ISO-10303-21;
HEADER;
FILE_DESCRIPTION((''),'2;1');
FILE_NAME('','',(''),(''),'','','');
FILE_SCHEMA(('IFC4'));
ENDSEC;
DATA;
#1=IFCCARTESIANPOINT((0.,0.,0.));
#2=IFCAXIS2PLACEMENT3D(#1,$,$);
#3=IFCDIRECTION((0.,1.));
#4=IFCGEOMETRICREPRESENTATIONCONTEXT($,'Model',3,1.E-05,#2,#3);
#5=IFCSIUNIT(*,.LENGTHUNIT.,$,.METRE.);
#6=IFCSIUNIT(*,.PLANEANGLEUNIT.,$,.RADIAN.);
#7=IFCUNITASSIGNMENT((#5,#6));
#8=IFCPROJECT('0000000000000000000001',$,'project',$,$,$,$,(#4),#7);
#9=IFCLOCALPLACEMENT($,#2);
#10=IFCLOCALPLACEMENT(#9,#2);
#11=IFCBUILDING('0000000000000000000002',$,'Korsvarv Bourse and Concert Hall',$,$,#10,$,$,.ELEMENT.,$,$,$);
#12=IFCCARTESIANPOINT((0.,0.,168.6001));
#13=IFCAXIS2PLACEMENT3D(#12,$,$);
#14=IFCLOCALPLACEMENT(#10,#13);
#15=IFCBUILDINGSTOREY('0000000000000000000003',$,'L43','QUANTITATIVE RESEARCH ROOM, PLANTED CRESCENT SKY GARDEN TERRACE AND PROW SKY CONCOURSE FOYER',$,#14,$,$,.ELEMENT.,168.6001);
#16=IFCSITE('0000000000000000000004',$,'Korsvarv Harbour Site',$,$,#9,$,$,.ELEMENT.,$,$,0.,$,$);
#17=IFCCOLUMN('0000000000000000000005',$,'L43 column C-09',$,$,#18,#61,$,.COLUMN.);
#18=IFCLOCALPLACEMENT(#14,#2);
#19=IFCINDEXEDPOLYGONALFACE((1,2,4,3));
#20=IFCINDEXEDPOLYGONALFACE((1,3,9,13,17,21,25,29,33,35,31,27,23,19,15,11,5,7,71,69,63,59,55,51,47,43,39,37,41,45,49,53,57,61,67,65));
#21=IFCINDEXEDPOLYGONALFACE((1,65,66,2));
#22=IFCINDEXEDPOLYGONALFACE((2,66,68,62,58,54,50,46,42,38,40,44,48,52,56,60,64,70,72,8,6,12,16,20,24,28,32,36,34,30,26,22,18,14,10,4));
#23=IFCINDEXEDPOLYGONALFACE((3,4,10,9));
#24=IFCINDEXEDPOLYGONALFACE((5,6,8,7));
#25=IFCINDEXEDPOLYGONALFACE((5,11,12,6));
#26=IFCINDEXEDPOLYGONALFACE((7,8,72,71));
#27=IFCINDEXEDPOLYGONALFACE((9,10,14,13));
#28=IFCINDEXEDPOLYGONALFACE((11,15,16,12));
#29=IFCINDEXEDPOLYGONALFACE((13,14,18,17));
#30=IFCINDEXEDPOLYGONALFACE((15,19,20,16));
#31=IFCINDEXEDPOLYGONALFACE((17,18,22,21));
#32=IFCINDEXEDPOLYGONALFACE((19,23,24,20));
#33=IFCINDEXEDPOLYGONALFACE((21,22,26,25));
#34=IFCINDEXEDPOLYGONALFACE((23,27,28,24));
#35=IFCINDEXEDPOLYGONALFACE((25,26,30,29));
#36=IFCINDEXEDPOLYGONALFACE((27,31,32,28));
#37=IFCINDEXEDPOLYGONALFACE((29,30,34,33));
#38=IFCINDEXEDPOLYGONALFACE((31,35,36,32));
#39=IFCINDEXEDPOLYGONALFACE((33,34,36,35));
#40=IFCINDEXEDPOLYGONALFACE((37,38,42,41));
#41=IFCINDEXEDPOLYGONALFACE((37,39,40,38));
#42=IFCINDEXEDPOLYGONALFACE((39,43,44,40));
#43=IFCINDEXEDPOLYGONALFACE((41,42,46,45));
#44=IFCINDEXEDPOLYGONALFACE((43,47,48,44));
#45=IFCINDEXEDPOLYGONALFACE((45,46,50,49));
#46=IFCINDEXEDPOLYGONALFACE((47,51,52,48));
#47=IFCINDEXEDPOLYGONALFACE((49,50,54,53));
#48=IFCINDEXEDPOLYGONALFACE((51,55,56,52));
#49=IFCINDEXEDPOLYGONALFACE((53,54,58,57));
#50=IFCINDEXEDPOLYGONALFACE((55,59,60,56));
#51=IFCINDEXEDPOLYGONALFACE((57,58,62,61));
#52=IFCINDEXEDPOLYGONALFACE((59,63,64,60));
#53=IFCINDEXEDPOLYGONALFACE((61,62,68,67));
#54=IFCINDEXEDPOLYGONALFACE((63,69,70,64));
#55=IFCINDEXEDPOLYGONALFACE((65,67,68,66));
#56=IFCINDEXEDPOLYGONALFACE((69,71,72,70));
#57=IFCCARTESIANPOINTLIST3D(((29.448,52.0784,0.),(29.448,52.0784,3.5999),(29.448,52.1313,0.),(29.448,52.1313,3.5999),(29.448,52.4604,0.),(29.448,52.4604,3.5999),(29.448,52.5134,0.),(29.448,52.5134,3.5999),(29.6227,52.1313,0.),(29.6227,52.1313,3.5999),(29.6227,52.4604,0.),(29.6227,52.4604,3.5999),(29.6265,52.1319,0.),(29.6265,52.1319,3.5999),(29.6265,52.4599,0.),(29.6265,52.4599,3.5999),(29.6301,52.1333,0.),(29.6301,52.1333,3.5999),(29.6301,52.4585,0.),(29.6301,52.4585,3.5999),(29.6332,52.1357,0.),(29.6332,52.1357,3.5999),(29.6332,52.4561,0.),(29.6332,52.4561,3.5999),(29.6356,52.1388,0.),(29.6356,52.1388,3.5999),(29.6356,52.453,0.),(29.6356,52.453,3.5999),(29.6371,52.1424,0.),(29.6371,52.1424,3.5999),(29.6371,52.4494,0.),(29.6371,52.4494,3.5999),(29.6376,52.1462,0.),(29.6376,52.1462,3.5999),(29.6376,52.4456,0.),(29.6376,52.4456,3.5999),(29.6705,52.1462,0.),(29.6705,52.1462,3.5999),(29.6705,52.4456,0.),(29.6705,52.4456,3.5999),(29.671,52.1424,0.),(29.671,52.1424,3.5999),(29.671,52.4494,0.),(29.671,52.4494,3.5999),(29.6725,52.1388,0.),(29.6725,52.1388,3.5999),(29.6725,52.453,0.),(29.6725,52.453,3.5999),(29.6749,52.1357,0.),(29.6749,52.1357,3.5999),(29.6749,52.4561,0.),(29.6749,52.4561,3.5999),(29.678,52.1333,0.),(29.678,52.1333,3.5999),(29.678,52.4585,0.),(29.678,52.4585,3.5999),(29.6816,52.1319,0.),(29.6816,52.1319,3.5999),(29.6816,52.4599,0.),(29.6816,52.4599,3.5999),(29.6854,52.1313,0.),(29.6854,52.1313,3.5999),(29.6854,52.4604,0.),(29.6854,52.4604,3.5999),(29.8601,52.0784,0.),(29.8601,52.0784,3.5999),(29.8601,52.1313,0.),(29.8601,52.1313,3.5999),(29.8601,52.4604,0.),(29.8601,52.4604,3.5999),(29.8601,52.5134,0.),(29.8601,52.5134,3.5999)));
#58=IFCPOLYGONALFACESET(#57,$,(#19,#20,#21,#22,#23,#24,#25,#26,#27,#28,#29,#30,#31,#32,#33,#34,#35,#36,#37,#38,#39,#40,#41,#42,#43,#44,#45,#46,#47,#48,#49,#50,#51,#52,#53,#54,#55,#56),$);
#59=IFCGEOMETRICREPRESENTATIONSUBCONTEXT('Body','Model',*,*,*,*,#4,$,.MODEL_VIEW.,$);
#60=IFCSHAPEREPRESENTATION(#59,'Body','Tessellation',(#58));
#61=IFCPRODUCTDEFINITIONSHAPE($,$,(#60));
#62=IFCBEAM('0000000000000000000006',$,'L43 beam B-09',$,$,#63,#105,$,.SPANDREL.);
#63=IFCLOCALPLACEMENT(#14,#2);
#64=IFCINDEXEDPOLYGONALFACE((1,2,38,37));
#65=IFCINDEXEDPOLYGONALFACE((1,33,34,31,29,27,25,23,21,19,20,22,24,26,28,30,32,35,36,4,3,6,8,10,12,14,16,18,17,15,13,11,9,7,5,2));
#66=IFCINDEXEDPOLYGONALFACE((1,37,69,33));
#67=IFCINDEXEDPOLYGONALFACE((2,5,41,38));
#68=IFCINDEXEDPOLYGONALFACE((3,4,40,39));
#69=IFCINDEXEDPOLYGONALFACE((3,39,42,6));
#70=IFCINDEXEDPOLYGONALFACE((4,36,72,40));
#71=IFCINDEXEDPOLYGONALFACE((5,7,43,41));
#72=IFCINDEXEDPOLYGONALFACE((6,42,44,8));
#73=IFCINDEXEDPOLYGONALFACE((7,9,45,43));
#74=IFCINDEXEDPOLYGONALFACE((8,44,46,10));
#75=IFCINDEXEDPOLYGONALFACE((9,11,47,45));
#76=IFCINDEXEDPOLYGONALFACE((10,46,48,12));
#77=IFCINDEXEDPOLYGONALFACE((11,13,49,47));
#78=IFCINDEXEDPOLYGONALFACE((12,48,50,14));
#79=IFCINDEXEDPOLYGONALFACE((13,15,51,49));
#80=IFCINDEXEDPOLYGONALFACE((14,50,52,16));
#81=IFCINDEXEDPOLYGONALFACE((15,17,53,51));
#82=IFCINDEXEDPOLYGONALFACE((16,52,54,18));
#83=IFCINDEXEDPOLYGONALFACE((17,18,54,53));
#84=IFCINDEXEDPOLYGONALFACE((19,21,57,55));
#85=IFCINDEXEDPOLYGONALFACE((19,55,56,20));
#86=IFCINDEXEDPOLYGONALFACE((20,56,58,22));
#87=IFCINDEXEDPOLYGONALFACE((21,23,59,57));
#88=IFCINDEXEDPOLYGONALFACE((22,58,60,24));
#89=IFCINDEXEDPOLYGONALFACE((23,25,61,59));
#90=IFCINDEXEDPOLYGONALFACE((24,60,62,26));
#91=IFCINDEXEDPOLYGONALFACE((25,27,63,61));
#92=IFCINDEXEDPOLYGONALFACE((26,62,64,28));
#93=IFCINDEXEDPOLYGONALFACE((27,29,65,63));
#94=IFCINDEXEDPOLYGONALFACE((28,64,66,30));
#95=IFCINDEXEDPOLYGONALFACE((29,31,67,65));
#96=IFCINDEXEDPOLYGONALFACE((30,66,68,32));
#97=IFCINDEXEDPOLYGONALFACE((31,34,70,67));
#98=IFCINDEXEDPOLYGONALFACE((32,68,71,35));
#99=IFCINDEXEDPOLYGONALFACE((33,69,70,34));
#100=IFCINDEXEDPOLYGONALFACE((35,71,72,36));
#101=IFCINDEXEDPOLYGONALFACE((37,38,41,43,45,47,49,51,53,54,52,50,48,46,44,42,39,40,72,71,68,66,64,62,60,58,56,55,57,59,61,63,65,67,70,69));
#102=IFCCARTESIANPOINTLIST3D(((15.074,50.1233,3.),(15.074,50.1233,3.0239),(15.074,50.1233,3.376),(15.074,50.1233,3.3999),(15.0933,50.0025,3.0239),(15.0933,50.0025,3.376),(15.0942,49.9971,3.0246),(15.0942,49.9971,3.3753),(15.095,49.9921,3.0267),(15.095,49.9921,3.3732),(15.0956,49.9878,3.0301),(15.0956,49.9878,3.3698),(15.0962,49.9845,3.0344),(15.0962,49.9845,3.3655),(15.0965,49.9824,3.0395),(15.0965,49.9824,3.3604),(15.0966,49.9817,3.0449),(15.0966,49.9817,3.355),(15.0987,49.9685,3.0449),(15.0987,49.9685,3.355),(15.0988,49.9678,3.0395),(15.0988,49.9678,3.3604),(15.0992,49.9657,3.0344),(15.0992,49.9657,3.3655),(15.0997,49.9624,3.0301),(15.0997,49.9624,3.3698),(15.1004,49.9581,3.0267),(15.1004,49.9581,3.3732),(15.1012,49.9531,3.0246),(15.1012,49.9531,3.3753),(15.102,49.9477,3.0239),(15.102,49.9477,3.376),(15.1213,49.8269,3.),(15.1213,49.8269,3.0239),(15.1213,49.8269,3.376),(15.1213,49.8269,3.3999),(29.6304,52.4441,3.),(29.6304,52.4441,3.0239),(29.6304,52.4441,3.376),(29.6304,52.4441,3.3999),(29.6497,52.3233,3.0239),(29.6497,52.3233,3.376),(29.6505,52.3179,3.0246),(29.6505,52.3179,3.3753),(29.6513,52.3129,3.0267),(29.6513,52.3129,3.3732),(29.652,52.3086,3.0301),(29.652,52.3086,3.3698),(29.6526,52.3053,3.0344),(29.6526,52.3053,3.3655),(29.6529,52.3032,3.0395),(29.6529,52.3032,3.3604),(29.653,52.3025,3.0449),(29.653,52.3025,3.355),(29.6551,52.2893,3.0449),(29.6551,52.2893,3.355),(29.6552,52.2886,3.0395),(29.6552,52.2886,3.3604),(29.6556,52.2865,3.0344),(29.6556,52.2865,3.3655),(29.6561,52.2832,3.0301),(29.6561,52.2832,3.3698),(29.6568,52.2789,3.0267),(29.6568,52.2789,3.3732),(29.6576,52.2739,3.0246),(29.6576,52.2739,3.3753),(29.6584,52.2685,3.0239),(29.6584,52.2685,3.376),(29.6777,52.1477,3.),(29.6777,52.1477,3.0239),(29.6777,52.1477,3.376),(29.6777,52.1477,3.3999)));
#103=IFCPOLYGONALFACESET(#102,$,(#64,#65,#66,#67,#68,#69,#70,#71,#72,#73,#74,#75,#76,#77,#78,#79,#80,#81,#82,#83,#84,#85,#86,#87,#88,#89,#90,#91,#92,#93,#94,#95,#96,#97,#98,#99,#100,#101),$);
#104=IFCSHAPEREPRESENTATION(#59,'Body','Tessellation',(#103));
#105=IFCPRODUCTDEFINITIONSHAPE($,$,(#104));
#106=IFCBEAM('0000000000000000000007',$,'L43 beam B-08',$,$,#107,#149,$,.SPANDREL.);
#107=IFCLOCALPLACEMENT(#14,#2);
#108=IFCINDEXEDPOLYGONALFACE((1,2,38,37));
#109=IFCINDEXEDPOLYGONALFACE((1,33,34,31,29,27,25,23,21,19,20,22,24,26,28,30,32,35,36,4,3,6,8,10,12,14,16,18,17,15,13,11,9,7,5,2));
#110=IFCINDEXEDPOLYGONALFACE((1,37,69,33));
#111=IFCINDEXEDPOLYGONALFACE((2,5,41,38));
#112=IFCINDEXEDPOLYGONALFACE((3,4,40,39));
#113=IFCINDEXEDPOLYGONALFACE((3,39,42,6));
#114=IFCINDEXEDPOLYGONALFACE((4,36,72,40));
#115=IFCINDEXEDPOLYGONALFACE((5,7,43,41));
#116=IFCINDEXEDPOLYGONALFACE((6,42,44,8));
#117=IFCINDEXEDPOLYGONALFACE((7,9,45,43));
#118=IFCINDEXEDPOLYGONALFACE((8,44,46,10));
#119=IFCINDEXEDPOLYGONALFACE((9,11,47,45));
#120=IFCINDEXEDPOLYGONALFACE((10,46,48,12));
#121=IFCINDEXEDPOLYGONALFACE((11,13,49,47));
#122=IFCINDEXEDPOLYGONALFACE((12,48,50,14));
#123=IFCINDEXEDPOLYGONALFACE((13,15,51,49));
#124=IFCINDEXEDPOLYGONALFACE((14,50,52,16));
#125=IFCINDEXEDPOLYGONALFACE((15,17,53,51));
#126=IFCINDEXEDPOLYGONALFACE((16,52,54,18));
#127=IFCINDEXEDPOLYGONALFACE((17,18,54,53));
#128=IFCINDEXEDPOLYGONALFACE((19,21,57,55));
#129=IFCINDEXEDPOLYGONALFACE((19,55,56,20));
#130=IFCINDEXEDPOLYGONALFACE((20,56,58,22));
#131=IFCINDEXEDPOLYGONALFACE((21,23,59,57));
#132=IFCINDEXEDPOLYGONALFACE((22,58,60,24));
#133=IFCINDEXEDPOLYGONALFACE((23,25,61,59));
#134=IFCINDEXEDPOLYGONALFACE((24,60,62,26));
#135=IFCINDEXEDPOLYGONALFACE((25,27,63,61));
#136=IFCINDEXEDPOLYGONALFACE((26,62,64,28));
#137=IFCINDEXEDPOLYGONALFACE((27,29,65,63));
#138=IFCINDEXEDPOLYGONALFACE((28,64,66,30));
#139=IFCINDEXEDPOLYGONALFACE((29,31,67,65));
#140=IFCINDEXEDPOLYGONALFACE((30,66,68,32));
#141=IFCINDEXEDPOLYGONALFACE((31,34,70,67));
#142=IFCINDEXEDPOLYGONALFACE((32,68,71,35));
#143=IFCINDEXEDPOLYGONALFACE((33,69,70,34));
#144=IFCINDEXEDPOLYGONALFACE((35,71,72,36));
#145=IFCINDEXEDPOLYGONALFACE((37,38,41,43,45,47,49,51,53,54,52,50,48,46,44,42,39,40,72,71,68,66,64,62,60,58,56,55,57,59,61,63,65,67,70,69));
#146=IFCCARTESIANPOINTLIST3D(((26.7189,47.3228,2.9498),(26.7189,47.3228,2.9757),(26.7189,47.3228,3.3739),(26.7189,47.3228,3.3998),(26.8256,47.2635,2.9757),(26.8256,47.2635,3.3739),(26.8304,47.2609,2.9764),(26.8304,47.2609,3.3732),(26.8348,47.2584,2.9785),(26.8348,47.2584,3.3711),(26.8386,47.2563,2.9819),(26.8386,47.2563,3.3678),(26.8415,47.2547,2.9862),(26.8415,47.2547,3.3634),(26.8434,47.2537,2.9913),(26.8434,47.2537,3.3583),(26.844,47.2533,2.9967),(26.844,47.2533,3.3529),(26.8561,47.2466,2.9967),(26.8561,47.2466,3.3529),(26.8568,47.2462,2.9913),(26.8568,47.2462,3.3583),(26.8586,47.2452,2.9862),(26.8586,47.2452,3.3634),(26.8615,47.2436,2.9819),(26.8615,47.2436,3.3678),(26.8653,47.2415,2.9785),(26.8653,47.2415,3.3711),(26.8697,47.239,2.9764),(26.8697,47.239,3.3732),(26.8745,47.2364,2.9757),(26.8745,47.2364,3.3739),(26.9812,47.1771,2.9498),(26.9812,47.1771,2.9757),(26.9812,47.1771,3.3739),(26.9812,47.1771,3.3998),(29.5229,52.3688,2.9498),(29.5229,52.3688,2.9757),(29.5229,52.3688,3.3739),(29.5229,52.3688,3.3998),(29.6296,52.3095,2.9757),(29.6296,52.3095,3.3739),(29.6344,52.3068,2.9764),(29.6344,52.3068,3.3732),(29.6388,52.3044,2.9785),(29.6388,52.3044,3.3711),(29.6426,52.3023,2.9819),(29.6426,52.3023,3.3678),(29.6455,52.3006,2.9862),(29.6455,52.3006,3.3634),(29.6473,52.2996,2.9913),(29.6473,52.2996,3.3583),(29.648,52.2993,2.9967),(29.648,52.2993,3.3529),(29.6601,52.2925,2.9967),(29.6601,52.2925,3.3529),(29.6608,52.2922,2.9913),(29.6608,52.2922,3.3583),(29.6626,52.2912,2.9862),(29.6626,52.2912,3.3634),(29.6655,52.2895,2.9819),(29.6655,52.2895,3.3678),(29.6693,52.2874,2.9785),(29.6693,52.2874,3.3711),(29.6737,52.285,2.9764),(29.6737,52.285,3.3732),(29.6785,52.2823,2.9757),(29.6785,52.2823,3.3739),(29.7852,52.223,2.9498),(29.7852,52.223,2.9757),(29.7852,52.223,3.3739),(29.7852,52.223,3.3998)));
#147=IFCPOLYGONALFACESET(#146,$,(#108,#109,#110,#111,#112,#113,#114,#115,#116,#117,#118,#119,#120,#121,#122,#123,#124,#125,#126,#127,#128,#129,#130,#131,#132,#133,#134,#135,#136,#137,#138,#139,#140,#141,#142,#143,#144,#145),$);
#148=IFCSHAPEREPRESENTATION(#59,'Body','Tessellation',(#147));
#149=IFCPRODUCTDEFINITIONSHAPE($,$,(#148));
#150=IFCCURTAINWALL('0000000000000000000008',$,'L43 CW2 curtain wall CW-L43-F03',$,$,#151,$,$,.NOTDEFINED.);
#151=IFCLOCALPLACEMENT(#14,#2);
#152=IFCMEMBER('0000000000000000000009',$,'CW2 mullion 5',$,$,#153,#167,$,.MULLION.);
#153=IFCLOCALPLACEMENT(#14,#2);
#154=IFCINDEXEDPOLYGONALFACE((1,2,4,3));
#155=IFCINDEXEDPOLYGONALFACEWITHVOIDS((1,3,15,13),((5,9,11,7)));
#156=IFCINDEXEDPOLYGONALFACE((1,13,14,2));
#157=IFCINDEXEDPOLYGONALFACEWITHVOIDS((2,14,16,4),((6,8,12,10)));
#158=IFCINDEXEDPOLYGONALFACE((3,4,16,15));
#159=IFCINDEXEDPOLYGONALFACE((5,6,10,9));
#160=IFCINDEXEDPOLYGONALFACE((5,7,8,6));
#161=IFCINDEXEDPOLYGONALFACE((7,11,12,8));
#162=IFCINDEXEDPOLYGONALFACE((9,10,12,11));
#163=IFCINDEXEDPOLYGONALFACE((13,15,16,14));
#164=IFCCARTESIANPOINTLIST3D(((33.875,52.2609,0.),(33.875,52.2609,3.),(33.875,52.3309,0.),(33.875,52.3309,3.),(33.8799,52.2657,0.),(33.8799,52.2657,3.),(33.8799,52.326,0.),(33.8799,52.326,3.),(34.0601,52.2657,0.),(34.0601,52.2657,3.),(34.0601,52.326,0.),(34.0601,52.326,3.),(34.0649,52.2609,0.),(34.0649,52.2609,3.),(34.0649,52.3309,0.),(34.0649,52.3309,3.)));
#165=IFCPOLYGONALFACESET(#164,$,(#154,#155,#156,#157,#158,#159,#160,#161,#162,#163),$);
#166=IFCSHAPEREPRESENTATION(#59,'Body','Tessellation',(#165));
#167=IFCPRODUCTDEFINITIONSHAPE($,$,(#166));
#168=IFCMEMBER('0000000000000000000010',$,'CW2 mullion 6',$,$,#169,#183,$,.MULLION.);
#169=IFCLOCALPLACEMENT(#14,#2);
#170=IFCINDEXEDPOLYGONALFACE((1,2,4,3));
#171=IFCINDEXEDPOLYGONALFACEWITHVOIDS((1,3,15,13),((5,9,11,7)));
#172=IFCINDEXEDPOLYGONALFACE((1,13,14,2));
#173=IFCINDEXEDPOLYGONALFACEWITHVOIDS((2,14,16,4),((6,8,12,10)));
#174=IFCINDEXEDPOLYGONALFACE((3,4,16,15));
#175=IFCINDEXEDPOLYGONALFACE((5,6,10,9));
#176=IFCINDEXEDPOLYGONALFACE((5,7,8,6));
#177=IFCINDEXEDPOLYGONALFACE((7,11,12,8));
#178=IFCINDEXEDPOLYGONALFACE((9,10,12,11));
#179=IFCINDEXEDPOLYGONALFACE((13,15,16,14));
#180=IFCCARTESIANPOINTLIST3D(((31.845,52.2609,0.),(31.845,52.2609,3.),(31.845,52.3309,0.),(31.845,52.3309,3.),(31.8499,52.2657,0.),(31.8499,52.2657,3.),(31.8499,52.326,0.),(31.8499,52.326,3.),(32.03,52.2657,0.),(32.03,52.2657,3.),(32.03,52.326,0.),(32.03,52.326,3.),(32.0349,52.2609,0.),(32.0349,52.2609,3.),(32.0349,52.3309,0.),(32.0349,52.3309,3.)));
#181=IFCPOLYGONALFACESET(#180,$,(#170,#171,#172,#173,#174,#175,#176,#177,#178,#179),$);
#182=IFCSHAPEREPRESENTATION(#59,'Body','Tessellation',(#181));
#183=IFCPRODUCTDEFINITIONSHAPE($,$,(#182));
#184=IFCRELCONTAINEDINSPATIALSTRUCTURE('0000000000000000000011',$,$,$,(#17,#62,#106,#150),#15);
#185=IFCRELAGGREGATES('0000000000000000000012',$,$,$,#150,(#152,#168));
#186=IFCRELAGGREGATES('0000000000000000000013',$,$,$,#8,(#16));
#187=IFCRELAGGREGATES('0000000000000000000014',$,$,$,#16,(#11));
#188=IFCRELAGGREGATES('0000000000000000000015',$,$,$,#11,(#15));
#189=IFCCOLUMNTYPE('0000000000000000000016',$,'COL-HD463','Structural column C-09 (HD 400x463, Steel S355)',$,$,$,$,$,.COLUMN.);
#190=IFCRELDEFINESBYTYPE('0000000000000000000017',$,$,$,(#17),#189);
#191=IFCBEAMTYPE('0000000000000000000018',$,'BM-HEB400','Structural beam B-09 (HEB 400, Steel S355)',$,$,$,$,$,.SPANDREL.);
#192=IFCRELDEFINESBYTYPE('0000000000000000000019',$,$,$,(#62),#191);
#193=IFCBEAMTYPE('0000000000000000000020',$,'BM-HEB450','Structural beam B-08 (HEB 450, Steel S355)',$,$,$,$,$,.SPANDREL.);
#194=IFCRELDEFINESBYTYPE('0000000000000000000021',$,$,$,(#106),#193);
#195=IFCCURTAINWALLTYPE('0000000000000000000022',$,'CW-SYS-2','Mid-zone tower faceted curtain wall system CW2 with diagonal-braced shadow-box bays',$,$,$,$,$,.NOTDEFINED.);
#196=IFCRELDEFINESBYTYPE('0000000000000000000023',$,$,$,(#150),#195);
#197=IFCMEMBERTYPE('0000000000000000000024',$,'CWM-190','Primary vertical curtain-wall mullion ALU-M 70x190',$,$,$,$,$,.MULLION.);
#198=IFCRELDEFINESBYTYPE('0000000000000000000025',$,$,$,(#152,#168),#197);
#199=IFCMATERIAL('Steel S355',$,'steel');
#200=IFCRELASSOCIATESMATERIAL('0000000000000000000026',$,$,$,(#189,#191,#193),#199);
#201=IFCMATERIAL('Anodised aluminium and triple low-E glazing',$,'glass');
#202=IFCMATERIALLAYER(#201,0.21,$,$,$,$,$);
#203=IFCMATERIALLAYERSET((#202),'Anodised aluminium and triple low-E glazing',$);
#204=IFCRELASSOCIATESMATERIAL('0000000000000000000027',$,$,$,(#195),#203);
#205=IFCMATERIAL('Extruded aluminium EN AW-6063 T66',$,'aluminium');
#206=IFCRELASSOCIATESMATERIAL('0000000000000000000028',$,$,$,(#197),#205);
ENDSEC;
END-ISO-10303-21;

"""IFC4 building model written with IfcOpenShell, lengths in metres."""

from ifc_helpers import new_model, si_unit, direction, frame, origin, origin_2d, place, context, subcontext, project, spatial, hollow_rectangle, i_section, extrude, source, transform, mapped, material, layer, layer_set, material_profile, profile_set, type_object, element, aggregate, save


model = new_model("IFC4")

# Units and contexts
model_context = context("Model", 3, precision=1e-05, world=origin(), true_north=direction((0.0, 1.0)))
body_context = subcontext(model_context, "Body", "Model", "MODEL_VIEW")
ifc_project = project(units=[si_unit("LENGTHUNIT", "METRE"), si_unit("PLANEANGLEUNIT", "RADIAN")], contexts=[model_context])

# Site, building, storey
site_placement = place(None, origin())
site = spatial("IfcSite", under=ifc_project, at=site_placement, Name="Korsvarv Harbour Site", CompositionType="ELEMENT", RefElevation=0.0)
building_placement = place(site_placement, origin())
building = spatial("IfcBuilding", under=site, at=building_placement, Name="Korsvarv Bourse and Concert Hall", CompositionType="ELEMENT")
storey_placement = place(building_placement, frame((0.0, 0.0, 168.6001)))
storey = spatial("IfcBuildingStorey", under=building, at=storey_placement, Name="L43", Description="QUANTITATIVE RESEARCH ROOM, PLANTED CRESCENT SKY GARDEN TERRACE AND PROW SKY CONCOURSE FOYER", CompositionType="ELEMENT", Elevation=168.6001)

# Column
ifc_material_1 = material(Name="Steel S355", Category="steel")
ifc_material_profile_1 = material_profile(ifc_material_1, i_section(OverallWidth=0.4121, OverallDepth=0.4351, WebThickness=0.033, FlangeThickness=0.053, FilletRadius=0.0149, at=origin_2d()), Name="HD 400x463")
ifc_profile_set_1 = profile_set([ifc_material_profile_1], Name="Steel S355")
column_type = type_object("IfcColumnType", Name="COL-HD463", Description="Structural column C-09 (HD 400x463, Steel S355)", PredefinedType="COLUMN", material=ifc_profile_set_1)
shared_shape_1 = source(origin(), body_context, "Body", "SweptSolid", [
    extrude(i_section(OverallWidth=0.4121, OverallDepth=0.4351, WebThickness=0.033, FlangeThickness=0.053, FilletRadius=0.0149, at=origin_2d()), origin(), (0.0, 0.0, 1.0), 3.5999),
])
column_placement = place(storey_placement, frame((29.6541, 52.2959, 0.0), z_axis=(0.0, 0.0, 1.0), x_axis=(1.0, 0.0, 0.0)))
element("IfcColumn", 1, at=column_placement, inside=storey, type_object=column_type, Name="L43 column C-09", PredefinedType="COLUMN", context=body_context, shape_type="MappedRepresentation", body=[
    mapped(shared_shape_1, transform((0.0, 0.0, 0.0), scale=1.0)),
])

# Beams
ifc_material_profile_2 = material_profile(ifc_material_1, i_section(OverallWidth=0.3, OverallDepth=0.3999, WebThickness=0.0134, FlangeThickness=0.0239, FilletRadius=0.021, at=origin_2d()), Name="HEB 400")
ifc_profile_set_2 = profile_set([ifc_material_profile_2], Name="Steel S355")
beam_type_1 = type_object("IfcBeamType", Name="BM-HEB400", Description="Structural beam B-09 (HEB 400, Steel S355)", PredefinedType="SPANDREL", material=ifc_profile_set_2)
shared_shape_2 = source(origin(), body_context, "Body", "SweptSolid", [
    extrude(i_section(OverallWidth=0.3, OverallDepth=0.3999, WebThickness=0.0134, FlangeThickness=0.0239, FilletRadius=0.021, at=origin_2d()), origin(), (0.0, 0.0, 1.0), 14.7402),
])
beam_1_placement = place(storey_placement, frame((29.6541, 52.2959, 3.2), z_axis=(-0.987528, -0.157447, 0.0), x_axis=(0.157447, -0.987528, 0.0)))
element("IfcBeam", 2, at=beam_1_placement, inside=storey, type_object=beam_type_1, Name="L43 beam B-09", PredefinedType="SPANDREL", context=body_context, shape_type="MappedRepresentation", body=[
    mapped(shared_shape_2, transform((0.0, 0.0, 0.0), scale=1.0)),
])
ifc_material_profile_3 = material_profile(ifc_material_1, i_section(OverallWidth=0.3, OverallDepth=0.45, WebThickness=0.0139, FlangeThickness=0.0259, FilletRadius=0.021, at=origin_2d()), Name="HEB 450")
ifc_profile_set_3 = profile_set([ifc_material_profile_3], Name="Steel S355")
beam_type_2 = type_object("IfcBeamType", Name="BM-HEB450", Description="Structural beam B-08 (HEB 450, Steel S355)", PredefinedType="SPANDREL", material=ifc_profile_set_3)
shared_shape_3 = source(origin(), body_context, "Body", "SweptSolid", [
    extrude(i_section(OverallWidth=0.3, OverallDepth=0.45, WebThickness=0.0139, FlangeThickness=0.0259, FilletRadius=0.021, at=origin_2d()), origin(), (0.0, 0.0, 1.0), 5.7727),
])
beam_2_placement = place(storey_placement, frame((29.6541, 52.2959, 3.1748), z_axis=(-0.485733, -0.874107, 0.0), x_axis=(0.874107, -0.485733, 0.0)))
element("IfcBeam", 3, at=beam_2_placement, inside=storey, type_object=beam_type_2, Name="L43 beam B-08", PredefinedType="SPANDREL", context=body_context, shape_type="MappedRepresentation", body=[
    mapped(shared_shape_3, transform((0.0, 0.0, 0.0), scale=1.0)),
])

# Curtain wall, members
ifc_material_2 = material(Name="Anodised aluminium and triple low-E glazing", Category="glass")
ifc_layer_1 = layer(ifc_material_2, 0.21)
ifc_layer_set_1 = layer_set([ifc_layer_1], Name="Anodised aluminium and triple low-E glazing")
curtain_wall_type = type_object("IfcCurtainWallType", Name="CW-SYS-2", Description="Mid-zone tower faceted curtain wall system CW2 with diagonal-braced shadow-box bays", PredefinedType="NOTDEFINED", material=ifc_layer_set_1)
curtain_wall_placement = place(storey_placement, origin())
curtain_wall = element("IfcCurtainWall", 4, at=curtain_wall_placement, inside=storey, type_object=curtain_wall_type, Name="L43 CW2 curtain wall CW-L43-F03", PredefinedType="NOTDEFINED")
ifc_material_3 = material(Name="Extruded aluminium EN AW-6063 T66", Category="aluminium")
ifc_material_profile_4 = material_profile(ifc_material_3, hollow_rectangle(XDim=0.0701, YDim=0.1899, WallThickness=0.0049, at=origin_2d()), Name="ALU-M 70x190")
ifc_profile_set_4 = profile_set([ifc_material_profile_4], Name="Extruded aluminium EN AW-6063 T66")
member_type_1 = type_object("IfcMemberType", Name="CWM-190", Description="Primary vertical curtain-wall mullion ALU-M 70x190", PredefinedType="MULLION", material=ifc_profile_set_4)
shared_shape_4 = source(origin(), body_context, "Body", "SweptSolid", [
    extrude(hollow_rectangle(XDim=0.0701, YDim=0.1899, WallThickness=0.0049, at=origin_2d()), origin(), (0.0, 0.0, 1.0), 3.0),
])
member_1_placement = place(storey_placement, frame((33.97, 52.2959, 0.0), z_axis=(0.0, 0.0, 1.0), x_axis=(0.0, -1.0, 0.0)))
member_1 = element("IfcMember", 5, at=member_1_placement, type_object=member_type_1, Name="CW2 mullion 5", PredefinedType="MULLION", context=body_context, shape_type="MappedRepresentation", body=[
    mapped(shared_shape_4, transform((0.0, 0.0, 0.0), scale=1.0)),
])
member_2_placement = place(storey_placement, frame((31.9399, 52.2959, 0.0), z_axis=(0.0, 0.0, 1.0), x_axis=(0.0, -1.0, 0.0)))
member_2 = element("IfcMember", 6, at=member_2_placement, type_object=member_type_1, Name="CW2 mullion 6", PredefinedType="MULLION", context=body_context, shape_type="MappedRepresentation", body=[
    mapped(shared_shape_4, transform((0.0, 0.0, 0.0), scale=1.0)),
])
aggregate(curtain_wall, [member_1, member_2])

save(model, "model.ifc")
